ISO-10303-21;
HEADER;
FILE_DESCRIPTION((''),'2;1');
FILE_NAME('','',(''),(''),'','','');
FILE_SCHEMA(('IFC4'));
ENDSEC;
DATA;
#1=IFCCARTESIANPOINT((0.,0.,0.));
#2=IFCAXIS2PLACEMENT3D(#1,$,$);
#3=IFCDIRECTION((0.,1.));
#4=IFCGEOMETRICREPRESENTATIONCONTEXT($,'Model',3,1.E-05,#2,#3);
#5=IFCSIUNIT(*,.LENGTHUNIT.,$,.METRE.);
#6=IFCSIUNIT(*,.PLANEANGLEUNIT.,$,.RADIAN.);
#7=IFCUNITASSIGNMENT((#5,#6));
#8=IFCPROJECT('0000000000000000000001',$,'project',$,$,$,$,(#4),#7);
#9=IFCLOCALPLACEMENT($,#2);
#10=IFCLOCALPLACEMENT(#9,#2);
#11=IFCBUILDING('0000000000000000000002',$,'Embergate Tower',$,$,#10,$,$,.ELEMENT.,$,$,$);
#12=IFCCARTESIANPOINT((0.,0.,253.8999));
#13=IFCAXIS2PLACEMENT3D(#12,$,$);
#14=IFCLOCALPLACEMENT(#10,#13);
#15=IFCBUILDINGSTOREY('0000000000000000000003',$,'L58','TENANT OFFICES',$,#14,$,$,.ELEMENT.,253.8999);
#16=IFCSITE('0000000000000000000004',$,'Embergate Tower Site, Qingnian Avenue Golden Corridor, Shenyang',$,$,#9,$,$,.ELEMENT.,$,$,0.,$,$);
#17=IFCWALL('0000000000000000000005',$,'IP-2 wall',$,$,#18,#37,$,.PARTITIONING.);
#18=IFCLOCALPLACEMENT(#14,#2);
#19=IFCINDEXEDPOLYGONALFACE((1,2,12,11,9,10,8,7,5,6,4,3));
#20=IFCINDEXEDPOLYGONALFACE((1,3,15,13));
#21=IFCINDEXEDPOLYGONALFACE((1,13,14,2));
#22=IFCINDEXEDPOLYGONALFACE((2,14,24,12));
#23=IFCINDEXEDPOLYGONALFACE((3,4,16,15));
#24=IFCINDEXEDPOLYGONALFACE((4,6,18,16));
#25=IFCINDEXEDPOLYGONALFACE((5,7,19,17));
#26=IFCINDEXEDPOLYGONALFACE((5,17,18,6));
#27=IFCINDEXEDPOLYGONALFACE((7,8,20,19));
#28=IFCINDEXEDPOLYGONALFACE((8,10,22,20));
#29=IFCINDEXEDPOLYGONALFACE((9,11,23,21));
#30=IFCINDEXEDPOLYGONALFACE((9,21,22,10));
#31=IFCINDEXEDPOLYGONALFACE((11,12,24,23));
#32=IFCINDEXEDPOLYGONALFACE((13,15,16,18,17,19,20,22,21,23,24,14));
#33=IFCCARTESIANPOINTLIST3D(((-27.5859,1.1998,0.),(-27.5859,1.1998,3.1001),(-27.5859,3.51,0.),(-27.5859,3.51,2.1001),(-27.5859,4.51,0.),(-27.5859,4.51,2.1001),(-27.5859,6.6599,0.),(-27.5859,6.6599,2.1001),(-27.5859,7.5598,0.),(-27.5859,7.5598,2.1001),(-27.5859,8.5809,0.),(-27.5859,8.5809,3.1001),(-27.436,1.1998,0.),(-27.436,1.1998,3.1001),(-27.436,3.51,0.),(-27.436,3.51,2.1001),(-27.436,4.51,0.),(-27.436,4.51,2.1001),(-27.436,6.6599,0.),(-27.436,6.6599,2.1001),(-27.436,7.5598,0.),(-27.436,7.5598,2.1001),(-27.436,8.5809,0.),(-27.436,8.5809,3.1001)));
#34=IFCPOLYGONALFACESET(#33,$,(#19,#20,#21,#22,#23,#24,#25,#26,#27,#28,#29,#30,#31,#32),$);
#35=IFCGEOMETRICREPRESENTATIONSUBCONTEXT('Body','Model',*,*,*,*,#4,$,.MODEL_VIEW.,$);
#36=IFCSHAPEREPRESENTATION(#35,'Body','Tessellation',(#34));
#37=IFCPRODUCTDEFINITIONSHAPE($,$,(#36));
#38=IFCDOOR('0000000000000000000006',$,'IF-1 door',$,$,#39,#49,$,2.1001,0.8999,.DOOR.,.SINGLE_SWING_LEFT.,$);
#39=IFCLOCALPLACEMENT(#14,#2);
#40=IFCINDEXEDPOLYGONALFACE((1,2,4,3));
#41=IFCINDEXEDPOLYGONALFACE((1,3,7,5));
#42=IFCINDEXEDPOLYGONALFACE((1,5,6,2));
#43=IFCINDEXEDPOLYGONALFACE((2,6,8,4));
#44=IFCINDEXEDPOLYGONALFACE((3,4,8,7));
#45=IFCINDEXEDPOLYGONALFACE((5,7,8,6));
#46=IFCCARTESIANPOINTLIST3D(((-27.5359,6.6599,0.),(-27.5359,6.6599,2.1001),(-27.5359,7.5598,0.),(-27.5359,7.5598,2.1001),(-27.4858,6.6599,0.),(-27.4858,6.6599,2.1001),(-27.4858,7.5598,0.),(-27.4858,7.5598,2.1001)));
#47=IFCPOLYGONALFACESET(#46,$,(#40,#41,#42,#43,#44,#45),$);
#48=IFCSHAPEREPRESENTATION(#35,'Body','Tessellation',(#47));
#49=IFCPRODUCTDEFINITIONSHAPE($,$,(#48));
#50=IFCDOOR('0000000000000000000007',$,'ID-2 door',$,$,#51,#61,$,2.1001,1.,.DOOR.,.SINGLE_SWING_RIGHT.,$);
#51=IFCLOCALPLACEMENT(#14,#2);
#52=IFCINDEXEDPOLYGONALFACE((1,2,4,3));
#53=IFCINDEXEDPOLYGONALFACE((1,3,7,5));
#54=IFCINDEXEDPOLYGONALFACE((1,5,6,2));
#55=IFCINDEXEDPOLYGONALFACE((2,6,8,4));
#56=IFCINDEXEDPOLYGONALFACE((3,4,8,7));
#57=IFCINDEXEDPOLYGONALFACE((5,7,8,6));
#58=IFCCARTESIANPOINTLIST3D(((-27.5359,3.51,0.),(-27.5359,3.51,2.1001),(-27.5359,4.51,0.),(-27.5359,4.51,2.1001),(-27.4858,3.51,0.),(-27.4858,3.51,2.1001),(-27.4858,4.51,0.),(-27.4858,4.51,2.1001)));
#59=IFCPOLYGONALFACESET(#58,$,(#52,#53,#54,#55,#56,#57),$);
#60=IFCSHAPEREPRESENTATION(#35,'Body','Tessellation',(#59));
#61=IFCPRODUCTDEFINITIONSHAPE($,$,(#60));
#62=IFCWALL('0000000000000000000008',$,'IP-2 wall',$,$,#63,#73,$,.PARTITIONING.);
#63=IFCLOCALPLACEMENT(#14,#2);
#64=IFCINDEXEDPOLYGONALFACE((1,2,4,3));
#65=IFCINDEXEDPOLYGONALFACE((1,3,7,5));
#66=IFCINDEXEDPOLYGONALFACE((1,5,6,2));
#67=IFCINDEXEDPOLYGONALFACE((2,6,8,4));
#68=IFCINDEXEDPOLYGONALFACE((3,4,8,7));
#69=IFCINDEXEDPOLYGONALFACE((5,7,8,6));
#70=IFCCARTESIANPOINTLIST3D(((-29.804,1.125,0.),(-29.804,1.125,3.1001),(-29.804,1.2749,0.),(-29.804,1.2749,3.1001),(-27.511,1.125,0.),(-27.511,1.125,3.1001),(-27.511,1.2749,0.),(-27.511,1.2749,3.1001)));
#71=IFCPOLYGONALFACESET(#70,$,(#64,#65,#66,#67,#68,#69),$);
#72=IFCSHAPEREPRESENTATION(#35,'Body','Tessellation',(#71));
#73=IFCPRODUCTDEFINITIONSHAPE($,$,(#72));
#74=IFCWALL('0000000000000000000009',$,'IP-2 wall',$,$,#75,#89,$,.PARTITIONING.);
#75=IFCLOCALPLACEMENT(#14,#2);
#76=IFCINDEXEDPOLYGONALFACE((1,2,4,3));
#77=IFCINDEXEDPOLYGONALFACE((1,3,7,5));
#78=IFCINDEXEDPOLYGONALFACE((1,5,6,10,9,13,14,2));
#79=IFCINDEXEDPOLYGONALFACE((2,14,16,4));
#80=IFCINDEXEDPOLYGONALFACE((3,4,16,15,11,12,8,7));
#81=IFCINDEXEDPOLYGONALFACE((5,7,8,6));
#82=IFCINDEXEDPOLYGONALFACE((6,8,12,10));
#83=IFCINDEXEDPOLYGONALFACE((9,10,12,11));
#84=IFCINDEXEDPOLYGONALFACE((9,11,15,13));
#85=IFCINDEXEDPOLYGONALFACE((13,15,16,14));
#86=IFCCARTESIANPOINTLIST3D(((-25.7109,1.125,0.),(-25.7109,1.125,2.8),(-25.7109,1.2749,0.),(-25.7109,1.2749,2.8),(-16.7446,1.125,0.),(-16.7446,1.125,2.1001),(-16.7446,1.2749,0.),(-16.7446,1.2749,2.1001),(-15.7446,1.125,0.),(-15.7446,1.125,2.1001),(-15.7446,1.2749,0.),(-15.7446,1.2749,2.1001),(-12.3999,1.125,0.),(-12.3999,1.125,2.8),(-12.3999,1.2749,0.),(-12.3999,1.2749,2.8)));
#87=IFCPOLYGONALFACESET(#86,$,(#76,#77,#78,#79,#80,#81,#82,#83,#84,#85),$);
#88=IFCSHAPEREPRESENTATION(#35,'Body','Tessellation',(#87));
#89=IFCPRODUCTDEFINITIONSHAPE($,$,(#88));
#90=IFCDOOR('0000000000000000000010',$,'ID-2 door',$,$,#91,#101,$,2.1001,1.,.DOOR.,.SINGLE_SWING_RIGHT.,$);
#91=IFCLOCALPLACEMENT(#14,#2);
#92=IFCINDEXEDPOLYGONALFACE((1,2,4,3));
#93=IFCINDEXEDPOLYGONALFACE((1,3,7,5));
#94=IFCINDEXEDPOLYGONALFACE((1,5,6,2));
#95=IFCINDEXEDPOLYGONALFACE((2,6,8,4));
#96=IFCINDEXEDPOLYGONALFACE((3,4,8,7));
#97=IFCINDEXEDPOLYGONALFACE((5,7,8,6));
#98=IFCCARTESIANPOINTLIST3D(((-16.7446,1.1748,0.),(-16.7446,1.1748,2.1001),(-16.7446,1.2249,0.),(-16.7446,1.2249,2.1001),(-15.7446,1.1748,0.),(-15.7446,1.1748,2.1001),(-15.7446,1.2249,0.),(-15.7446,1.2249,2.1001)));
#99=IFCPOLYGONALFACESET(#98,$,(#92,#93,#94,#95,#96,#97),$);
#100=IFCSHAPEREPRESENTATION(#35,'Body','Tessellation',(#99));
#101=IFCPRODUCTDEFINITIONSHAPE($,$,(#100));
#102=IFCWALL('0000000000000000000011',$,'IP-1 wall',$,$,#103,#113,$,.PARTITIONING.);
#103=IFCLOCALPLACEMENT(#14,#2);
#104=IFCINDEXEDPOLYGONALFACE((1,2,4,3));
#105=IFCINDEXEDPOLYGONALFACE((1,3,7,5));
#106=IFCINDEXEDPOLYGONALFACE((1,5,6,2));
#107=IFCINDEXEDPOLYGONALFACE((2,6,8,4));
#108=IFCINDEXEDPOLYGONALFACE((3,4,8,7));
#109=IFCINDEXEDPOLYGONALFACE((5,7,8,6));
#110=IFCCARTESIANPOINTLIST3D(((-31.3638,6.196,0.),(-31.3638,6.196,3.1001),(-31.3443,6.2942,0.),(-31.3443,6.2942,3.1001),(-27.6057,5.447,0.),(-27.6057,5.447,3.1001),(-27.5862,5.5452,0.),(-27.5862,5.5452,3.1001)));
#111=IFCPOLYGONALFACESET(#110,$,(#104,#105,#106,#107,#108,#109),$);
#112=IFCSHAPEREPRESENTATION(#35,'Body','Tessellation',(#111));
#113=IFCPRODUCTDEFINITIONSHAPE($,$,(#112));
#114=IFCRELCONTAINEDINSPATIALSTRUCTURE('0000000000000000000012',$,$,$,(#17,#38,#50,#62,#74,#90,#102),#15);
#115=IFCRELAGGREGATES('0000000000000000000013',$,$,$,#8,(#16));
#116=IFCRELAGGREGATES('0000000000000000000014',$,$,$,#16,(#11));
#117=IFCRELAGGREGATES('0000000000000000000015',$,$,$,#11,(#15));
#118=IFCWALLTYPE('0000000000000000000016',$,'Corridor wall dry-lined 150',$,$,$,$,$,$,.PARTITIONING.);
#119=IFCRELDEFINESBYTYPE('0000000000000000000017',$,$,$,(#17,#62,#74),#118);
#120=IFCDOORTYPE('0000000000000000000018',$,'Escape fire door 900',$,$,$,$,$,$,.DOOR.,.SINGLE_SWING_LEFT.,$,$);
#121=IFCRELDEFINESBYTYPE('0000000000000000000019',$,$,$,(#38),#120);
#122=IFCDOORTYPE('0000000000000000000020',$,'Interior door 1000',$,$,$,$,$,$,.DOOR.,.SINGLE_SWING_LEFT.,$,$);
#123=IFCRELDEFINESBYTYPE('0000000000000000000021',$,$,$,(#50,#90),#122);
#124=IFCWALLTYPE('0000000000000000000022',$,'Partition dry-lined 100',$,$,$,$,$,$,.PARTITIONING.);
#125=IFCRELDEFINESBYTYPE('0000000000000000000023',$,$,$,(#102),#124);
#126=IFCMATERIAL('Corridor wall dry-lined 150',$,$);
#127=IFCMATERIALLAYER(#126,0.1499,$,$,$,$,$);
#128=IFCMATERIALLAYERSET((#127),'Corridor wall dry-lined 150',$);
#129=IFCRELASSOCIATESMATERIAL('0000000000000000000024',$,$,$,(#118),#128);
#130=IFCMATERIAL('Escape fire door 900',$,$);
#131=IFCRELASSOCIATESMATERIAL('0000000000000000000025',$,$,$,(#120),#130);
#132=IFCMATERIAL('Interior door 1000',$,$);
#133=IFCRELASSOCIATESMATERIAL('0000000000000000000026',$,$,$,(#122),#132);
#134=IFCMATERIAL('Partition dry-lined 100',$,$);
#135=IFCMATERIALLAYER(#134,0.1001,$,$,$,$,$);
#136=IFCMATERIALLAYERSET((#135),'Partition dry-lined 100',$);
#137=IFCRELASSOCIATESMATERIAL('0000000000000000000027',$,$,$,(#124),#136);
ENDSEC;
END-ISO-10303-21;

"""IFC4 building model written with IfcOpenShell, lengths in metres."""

from ifc_helpers import new_model, si_unit, direction, frame, frame_2d, origin, place, context, subcontext, project, spatial, rectangle, extrude, source, transform, mapped, material, layer, layer_set, type_object, element, fill, save


model = new_model("IFC4")

# Units and contexts
model_context = context("Model", 3, precision=1e-05, world=origin(), true_north=direction((0.0, 1.0)))
body_context = subcontext(model_context, "Body", "Model", "MODEL_VIEW")
ifc_project = project(units=[si_unit("LENGTHUNIT", "METRE"), si_unit("PLANEANGLEUNIT", "RADIAN")], contexts=[model_context])

# Site, building, storey
site_placement = place(None, origin())
site = spatial("IfcSite", under=ifc_project, at=site_placement, Name="Embergate Tower Site, Qingnian Avenue Golden Corridor, Shenyang", CompositionType="ELEMENT", RefElevation=0.0)
building_placement = place(site_placement, origin())
building = spatial("IfcBuilding", under=site, at=building_placement, Name="Embergate Tower", CompositionType="ELEMENT")
storey_placement = place(building_placement, frame((0.0, 0.0, 253.8999)))
storey = spatial("IfcBuildingStorey", under=building, at=storey_placement, Name="L58", Description="TENANT OFFICES", CompositionType="ELEMENT", Elevation=253.8999)

# Wall, openings, doors
ifc_material_1 = material(Name="Corridor wall dry-lined 150")
ifc_layer_1 = layer(ifc_material_1, 0.1499)
ifc_layer_set_1 = layer_set([ifc_layer_1], Name="Corridor wall dry-lined 150")
wall_type_1 = type_object("IfcWallType", Name="Corridor wall dry-lined 150", PredefinedType="PARTITIONING", material=ifc_layer_set_1)
shared_shape_1 = source(origin(), body_context, "Body", "SweptSolid", [
    extrude(rectangle(XDim=7.3811, YDim=0.1499, at=frame_2d((3.6904, 0.0))), origin(), (0.0, 0.0, 1.0), 3.1001),
])
wall_1_placement = place(storey_placement, frame((-27.511, 1.2, 0.0), z_axis=(0.0, 0.0, 1.0), x_axis=(0.0, 1.0, 0.0)))
wall_1 = element("IfcWall", 1, at=wall_1_placement, inside=storey, type_object=wall_type_1, Name="IP-2 wall", PredefinedType="PARTITIONING", context=body_context, shape_type="MappedRepresentation", body=[
    mapped(shared_shape_1, transform((0.0, 0.0, 0.0))),
])
shared_shape_2 = source(origin(), body_context, "Body", "SweptSolid", [
    extrude(rectangle(XDim=0.8999, YDim=2.1001, at=frame_2d((0.45, 1.05))), frame((0.0, 0.085, 0.0), z_axis=(0.0, -1.0, 0.0), x_axis=(1.0, 0.0, 0.0)), (0.0, 0.0, 1.0), 0.1699),
])
opening_1_placement = place(wall_1_placement, frame((5.46, 0.0, 0.0)))
opening_1 = element("IfcOpeningElement", 2, at=opening_1_placement, cuts=wall_1, PredefinedType="OPENING", context=body_context, shape_type="MappedRepresentation", body=[
    mapped(shared_shape_2, transform((0.0, 0.0, 0.0))),
])
shared_shape_3 = source(origin(), body_context, "Body", "SweptSolid", [
    extrude(rectangle(XDim=1.0, YDim=2.1001, at=frame_2d((0.5, 1.05))), frame((0.0, 0.085, 0.0), z_axis=(0.0, -1.0, 0.0), x_axis=(1.0, 0.0, 0.0)), (0.0, 0.0, 1.0), 0.1699),
])
opening_2_placement = place(wall_1_placement, frame((2.3101, 0.0, 0.0)))
opening_2 = element("IfcOpeningElement", 3, at=opening_2_placement, cuts=wall_1, PredefinedType="OPENING", context=body_context, shape_type="MappedRepresentation", body=[
    mapped(shared_shape_3, transform((0.0, 0.0, 0.0))),
])
ifc_material_2 = material(Name="Escape fire door 900")
door_type_1 = type_object("IfcDoorType", Name="Escape fire door 900", OperationType="SINGLE_SWING_LEFT", PredefinedType="DOOR", material=ifc_material_2)
shared_shape_4 = source(origin(), body_context, "Body", "SweptSolid", [
    extrude(rectangle(XDim=0.8999, YDim=2.1001, at=frame_2d((0.45, 1.05))), frame((0.0, 0.0249, 0.0), z_axis=(0.0, -1.0, 0.0), x_axis=(1.0, 0.0, 0.0)), (0.0, 0.0, 1.0), 0.05),
])
door_1_placement = place(opening_1_placement, origin())
door_1 = element("IfcDoor", 4, at=door_1_placement, inside=storey, type_object=door_type_1, Name="IF-1 door", OperationType="SINGLE_SWING_LEFT", OverallHeight=2.1001, OverallWidth=0.8999, PredefinedType="DOOR", context=body_context, shape_type="MappedRepresentation", body=[
    mapped(shared_shape_4, transform((0.0, 0.0, 0.0))),
])
fill(opening_1, door_1)
ifc_material_3 = material(Name="Interior door 1000")
door_type_2 = type_object("IfcDoorType", Name="Interior door 1000", OperationType="SINGLE_SWING_LEFT", PredefinedType="DOOR", material=ifc_material_3)
shared_shape_5 = source(origin(), body_context, "Body", "SweptSolid", [
    extrude(rectangle(XDim=1.0, YDim=2.1001, at=frame_2d((0.5, 1.05))), frame((0.0, 0.0249, 0.0), z_axis=(0.0, -1.0, 0.0), x_axis=(1.0, 0.0, 0.0)), (0.0, 0.0, 1.0), 0.05),
])
door_2_placement = place(opening_2_placement, origin())
door_2 = element("IfcDoor", 5, at=door_2_placement, inside=storey, type_object=door_type_2, Name="ID-2 door", OperationType="SINGLE_SWING_RIGHT", OverallHeight=2.1001, OverallWidth=1.0, PredefinedType="DOOR", context=body_context, shape_type="MappedRepresentation", body=[
    mapped(shared_shape_5, transform((0.0, 0.0, 0.0))),
])
fill(opening_2, door_2)

# Wall
shared_shape_6 = source(origin(), body_context, "Body", "SweptSolid", [
    extrude(rectangle(XDim=2.293, YDim=0.1499, at=frame_2d((1.1465, 0.0))), origin(), (0.0, 0.0, 1.0), 3.1001),
])
wall_2_placement = place(storey_placement, frame((-29.804, 1.2, 0.0), z_axis=(0.0, 0.0, 1.0), x_axis=(1.0, 0.0, 0.0)))
element("IfcWall", 6, at=wall_2_placement, inside=storey, type_object=wall_type_1, Name="IP-2 wall", PredefinedType="PARTITIONING", context=body_context, shape_type="MappedRepresentation", body=[
    mapped(shared_shape_6, transform((0.0, 0.0, 0.0))),
])

# Wall, opening, door
shared_shape_7 = source(origin(), body_context, "Body", "SweptSolid", [
    extrude(rectangle(XDim=13.311, YDim=0.1499, at=frame_2d((6.6555, 0.0))), origin(), (0.0, 0.0, 1.0), 2.8),
])
wall_3_placement = place(storey_placement, frame((-25.7109, 1.2, 0.0), z_axis=(0.0, 0.0, 1.0), x_axis=(1.0, 0.0, 0.0)))
wall_3 = element("IfcWall", 7, at=wall_3_placement, inside=storey, type_object=wall_type_1, Name="IP-2 wall", PredefinedType="PARTITIONING", context=body_context, shape_type="MappedRepresentation", body=[
    mapped(shared_shape_7, transform((0.0, 0.0, 0.0))),
])
opening_3_placement = place(wall_3_placement, frame((8.9663, 0.0, 0.0)))
opening_3 = element("IfcOpeningElement", 8, at=opening_3_placement, cuts=wall_3, PredefinedType="OPENING", context=body_context, shape_type="MappedRepresentation", body=[
    mapped(shared_shape_3, transform((0.0, 0.0, 0.0))),
])
door_3_placement = place(opening_3_placement, origin())
door_3 = element("IfcDoor", 9, at=door_3_placement, inside=storey, type_object=door_type_2, Name="ID-2 door", OperationType="SINGLE_SWING_RIGHT", OverallHeight=2.1001, OverallWidth=1.0, PredefinedType="DOOR", context=body_context, shape_type="MappedRepresentation", body=[
    mapped(shared_shape_5, transform((0.0, 0.0, 0.0))),
])
fill(opening_3, door_3)

# Wall
ifc_material_4 = material(Name="Partition dry-lined 100")
ifc_layer_2 = layer(ifc_material_4, 0.1001)
ifc_layer_set_2 = layer_set([ifc_layer_2], Name="Partition dry-lined 100")
wall_type_2 = type_object("IfcWallType", Name="Partition dry-lined 100", PredefinedType="PARTITIONING", material=ifc_layer_set_2)
shared_shape_8 = source(origin(), body_context, "Body", "SweptSolid", [
    extrude(rectangle(XDim=3.832, YDim=0.1001, at=frame_2d((1.916, 0.0))), origin(), (0.0, 0.0, 1.0), 3.1001),
])
wall_4_placement = place(storey_placement, frame((-27.5959, 5.4961, 0.0), z_axis=(0.0, 0.0, 1.0), x_axis=(-0.98071, 0.195467, 0.0)))
element("IfcWall", 10, at=wall_4_placement, inside=storey, type_object=wall_type_2, Name="IP-1 wall", PredefinedType="PARTITIONING", context=body_context, shape_type="MappedRepresentation", body=[
    mapped(shared_shape_8, transform((0.0, 0.0, 0.0))),
])

save(model, "model.ifc")
